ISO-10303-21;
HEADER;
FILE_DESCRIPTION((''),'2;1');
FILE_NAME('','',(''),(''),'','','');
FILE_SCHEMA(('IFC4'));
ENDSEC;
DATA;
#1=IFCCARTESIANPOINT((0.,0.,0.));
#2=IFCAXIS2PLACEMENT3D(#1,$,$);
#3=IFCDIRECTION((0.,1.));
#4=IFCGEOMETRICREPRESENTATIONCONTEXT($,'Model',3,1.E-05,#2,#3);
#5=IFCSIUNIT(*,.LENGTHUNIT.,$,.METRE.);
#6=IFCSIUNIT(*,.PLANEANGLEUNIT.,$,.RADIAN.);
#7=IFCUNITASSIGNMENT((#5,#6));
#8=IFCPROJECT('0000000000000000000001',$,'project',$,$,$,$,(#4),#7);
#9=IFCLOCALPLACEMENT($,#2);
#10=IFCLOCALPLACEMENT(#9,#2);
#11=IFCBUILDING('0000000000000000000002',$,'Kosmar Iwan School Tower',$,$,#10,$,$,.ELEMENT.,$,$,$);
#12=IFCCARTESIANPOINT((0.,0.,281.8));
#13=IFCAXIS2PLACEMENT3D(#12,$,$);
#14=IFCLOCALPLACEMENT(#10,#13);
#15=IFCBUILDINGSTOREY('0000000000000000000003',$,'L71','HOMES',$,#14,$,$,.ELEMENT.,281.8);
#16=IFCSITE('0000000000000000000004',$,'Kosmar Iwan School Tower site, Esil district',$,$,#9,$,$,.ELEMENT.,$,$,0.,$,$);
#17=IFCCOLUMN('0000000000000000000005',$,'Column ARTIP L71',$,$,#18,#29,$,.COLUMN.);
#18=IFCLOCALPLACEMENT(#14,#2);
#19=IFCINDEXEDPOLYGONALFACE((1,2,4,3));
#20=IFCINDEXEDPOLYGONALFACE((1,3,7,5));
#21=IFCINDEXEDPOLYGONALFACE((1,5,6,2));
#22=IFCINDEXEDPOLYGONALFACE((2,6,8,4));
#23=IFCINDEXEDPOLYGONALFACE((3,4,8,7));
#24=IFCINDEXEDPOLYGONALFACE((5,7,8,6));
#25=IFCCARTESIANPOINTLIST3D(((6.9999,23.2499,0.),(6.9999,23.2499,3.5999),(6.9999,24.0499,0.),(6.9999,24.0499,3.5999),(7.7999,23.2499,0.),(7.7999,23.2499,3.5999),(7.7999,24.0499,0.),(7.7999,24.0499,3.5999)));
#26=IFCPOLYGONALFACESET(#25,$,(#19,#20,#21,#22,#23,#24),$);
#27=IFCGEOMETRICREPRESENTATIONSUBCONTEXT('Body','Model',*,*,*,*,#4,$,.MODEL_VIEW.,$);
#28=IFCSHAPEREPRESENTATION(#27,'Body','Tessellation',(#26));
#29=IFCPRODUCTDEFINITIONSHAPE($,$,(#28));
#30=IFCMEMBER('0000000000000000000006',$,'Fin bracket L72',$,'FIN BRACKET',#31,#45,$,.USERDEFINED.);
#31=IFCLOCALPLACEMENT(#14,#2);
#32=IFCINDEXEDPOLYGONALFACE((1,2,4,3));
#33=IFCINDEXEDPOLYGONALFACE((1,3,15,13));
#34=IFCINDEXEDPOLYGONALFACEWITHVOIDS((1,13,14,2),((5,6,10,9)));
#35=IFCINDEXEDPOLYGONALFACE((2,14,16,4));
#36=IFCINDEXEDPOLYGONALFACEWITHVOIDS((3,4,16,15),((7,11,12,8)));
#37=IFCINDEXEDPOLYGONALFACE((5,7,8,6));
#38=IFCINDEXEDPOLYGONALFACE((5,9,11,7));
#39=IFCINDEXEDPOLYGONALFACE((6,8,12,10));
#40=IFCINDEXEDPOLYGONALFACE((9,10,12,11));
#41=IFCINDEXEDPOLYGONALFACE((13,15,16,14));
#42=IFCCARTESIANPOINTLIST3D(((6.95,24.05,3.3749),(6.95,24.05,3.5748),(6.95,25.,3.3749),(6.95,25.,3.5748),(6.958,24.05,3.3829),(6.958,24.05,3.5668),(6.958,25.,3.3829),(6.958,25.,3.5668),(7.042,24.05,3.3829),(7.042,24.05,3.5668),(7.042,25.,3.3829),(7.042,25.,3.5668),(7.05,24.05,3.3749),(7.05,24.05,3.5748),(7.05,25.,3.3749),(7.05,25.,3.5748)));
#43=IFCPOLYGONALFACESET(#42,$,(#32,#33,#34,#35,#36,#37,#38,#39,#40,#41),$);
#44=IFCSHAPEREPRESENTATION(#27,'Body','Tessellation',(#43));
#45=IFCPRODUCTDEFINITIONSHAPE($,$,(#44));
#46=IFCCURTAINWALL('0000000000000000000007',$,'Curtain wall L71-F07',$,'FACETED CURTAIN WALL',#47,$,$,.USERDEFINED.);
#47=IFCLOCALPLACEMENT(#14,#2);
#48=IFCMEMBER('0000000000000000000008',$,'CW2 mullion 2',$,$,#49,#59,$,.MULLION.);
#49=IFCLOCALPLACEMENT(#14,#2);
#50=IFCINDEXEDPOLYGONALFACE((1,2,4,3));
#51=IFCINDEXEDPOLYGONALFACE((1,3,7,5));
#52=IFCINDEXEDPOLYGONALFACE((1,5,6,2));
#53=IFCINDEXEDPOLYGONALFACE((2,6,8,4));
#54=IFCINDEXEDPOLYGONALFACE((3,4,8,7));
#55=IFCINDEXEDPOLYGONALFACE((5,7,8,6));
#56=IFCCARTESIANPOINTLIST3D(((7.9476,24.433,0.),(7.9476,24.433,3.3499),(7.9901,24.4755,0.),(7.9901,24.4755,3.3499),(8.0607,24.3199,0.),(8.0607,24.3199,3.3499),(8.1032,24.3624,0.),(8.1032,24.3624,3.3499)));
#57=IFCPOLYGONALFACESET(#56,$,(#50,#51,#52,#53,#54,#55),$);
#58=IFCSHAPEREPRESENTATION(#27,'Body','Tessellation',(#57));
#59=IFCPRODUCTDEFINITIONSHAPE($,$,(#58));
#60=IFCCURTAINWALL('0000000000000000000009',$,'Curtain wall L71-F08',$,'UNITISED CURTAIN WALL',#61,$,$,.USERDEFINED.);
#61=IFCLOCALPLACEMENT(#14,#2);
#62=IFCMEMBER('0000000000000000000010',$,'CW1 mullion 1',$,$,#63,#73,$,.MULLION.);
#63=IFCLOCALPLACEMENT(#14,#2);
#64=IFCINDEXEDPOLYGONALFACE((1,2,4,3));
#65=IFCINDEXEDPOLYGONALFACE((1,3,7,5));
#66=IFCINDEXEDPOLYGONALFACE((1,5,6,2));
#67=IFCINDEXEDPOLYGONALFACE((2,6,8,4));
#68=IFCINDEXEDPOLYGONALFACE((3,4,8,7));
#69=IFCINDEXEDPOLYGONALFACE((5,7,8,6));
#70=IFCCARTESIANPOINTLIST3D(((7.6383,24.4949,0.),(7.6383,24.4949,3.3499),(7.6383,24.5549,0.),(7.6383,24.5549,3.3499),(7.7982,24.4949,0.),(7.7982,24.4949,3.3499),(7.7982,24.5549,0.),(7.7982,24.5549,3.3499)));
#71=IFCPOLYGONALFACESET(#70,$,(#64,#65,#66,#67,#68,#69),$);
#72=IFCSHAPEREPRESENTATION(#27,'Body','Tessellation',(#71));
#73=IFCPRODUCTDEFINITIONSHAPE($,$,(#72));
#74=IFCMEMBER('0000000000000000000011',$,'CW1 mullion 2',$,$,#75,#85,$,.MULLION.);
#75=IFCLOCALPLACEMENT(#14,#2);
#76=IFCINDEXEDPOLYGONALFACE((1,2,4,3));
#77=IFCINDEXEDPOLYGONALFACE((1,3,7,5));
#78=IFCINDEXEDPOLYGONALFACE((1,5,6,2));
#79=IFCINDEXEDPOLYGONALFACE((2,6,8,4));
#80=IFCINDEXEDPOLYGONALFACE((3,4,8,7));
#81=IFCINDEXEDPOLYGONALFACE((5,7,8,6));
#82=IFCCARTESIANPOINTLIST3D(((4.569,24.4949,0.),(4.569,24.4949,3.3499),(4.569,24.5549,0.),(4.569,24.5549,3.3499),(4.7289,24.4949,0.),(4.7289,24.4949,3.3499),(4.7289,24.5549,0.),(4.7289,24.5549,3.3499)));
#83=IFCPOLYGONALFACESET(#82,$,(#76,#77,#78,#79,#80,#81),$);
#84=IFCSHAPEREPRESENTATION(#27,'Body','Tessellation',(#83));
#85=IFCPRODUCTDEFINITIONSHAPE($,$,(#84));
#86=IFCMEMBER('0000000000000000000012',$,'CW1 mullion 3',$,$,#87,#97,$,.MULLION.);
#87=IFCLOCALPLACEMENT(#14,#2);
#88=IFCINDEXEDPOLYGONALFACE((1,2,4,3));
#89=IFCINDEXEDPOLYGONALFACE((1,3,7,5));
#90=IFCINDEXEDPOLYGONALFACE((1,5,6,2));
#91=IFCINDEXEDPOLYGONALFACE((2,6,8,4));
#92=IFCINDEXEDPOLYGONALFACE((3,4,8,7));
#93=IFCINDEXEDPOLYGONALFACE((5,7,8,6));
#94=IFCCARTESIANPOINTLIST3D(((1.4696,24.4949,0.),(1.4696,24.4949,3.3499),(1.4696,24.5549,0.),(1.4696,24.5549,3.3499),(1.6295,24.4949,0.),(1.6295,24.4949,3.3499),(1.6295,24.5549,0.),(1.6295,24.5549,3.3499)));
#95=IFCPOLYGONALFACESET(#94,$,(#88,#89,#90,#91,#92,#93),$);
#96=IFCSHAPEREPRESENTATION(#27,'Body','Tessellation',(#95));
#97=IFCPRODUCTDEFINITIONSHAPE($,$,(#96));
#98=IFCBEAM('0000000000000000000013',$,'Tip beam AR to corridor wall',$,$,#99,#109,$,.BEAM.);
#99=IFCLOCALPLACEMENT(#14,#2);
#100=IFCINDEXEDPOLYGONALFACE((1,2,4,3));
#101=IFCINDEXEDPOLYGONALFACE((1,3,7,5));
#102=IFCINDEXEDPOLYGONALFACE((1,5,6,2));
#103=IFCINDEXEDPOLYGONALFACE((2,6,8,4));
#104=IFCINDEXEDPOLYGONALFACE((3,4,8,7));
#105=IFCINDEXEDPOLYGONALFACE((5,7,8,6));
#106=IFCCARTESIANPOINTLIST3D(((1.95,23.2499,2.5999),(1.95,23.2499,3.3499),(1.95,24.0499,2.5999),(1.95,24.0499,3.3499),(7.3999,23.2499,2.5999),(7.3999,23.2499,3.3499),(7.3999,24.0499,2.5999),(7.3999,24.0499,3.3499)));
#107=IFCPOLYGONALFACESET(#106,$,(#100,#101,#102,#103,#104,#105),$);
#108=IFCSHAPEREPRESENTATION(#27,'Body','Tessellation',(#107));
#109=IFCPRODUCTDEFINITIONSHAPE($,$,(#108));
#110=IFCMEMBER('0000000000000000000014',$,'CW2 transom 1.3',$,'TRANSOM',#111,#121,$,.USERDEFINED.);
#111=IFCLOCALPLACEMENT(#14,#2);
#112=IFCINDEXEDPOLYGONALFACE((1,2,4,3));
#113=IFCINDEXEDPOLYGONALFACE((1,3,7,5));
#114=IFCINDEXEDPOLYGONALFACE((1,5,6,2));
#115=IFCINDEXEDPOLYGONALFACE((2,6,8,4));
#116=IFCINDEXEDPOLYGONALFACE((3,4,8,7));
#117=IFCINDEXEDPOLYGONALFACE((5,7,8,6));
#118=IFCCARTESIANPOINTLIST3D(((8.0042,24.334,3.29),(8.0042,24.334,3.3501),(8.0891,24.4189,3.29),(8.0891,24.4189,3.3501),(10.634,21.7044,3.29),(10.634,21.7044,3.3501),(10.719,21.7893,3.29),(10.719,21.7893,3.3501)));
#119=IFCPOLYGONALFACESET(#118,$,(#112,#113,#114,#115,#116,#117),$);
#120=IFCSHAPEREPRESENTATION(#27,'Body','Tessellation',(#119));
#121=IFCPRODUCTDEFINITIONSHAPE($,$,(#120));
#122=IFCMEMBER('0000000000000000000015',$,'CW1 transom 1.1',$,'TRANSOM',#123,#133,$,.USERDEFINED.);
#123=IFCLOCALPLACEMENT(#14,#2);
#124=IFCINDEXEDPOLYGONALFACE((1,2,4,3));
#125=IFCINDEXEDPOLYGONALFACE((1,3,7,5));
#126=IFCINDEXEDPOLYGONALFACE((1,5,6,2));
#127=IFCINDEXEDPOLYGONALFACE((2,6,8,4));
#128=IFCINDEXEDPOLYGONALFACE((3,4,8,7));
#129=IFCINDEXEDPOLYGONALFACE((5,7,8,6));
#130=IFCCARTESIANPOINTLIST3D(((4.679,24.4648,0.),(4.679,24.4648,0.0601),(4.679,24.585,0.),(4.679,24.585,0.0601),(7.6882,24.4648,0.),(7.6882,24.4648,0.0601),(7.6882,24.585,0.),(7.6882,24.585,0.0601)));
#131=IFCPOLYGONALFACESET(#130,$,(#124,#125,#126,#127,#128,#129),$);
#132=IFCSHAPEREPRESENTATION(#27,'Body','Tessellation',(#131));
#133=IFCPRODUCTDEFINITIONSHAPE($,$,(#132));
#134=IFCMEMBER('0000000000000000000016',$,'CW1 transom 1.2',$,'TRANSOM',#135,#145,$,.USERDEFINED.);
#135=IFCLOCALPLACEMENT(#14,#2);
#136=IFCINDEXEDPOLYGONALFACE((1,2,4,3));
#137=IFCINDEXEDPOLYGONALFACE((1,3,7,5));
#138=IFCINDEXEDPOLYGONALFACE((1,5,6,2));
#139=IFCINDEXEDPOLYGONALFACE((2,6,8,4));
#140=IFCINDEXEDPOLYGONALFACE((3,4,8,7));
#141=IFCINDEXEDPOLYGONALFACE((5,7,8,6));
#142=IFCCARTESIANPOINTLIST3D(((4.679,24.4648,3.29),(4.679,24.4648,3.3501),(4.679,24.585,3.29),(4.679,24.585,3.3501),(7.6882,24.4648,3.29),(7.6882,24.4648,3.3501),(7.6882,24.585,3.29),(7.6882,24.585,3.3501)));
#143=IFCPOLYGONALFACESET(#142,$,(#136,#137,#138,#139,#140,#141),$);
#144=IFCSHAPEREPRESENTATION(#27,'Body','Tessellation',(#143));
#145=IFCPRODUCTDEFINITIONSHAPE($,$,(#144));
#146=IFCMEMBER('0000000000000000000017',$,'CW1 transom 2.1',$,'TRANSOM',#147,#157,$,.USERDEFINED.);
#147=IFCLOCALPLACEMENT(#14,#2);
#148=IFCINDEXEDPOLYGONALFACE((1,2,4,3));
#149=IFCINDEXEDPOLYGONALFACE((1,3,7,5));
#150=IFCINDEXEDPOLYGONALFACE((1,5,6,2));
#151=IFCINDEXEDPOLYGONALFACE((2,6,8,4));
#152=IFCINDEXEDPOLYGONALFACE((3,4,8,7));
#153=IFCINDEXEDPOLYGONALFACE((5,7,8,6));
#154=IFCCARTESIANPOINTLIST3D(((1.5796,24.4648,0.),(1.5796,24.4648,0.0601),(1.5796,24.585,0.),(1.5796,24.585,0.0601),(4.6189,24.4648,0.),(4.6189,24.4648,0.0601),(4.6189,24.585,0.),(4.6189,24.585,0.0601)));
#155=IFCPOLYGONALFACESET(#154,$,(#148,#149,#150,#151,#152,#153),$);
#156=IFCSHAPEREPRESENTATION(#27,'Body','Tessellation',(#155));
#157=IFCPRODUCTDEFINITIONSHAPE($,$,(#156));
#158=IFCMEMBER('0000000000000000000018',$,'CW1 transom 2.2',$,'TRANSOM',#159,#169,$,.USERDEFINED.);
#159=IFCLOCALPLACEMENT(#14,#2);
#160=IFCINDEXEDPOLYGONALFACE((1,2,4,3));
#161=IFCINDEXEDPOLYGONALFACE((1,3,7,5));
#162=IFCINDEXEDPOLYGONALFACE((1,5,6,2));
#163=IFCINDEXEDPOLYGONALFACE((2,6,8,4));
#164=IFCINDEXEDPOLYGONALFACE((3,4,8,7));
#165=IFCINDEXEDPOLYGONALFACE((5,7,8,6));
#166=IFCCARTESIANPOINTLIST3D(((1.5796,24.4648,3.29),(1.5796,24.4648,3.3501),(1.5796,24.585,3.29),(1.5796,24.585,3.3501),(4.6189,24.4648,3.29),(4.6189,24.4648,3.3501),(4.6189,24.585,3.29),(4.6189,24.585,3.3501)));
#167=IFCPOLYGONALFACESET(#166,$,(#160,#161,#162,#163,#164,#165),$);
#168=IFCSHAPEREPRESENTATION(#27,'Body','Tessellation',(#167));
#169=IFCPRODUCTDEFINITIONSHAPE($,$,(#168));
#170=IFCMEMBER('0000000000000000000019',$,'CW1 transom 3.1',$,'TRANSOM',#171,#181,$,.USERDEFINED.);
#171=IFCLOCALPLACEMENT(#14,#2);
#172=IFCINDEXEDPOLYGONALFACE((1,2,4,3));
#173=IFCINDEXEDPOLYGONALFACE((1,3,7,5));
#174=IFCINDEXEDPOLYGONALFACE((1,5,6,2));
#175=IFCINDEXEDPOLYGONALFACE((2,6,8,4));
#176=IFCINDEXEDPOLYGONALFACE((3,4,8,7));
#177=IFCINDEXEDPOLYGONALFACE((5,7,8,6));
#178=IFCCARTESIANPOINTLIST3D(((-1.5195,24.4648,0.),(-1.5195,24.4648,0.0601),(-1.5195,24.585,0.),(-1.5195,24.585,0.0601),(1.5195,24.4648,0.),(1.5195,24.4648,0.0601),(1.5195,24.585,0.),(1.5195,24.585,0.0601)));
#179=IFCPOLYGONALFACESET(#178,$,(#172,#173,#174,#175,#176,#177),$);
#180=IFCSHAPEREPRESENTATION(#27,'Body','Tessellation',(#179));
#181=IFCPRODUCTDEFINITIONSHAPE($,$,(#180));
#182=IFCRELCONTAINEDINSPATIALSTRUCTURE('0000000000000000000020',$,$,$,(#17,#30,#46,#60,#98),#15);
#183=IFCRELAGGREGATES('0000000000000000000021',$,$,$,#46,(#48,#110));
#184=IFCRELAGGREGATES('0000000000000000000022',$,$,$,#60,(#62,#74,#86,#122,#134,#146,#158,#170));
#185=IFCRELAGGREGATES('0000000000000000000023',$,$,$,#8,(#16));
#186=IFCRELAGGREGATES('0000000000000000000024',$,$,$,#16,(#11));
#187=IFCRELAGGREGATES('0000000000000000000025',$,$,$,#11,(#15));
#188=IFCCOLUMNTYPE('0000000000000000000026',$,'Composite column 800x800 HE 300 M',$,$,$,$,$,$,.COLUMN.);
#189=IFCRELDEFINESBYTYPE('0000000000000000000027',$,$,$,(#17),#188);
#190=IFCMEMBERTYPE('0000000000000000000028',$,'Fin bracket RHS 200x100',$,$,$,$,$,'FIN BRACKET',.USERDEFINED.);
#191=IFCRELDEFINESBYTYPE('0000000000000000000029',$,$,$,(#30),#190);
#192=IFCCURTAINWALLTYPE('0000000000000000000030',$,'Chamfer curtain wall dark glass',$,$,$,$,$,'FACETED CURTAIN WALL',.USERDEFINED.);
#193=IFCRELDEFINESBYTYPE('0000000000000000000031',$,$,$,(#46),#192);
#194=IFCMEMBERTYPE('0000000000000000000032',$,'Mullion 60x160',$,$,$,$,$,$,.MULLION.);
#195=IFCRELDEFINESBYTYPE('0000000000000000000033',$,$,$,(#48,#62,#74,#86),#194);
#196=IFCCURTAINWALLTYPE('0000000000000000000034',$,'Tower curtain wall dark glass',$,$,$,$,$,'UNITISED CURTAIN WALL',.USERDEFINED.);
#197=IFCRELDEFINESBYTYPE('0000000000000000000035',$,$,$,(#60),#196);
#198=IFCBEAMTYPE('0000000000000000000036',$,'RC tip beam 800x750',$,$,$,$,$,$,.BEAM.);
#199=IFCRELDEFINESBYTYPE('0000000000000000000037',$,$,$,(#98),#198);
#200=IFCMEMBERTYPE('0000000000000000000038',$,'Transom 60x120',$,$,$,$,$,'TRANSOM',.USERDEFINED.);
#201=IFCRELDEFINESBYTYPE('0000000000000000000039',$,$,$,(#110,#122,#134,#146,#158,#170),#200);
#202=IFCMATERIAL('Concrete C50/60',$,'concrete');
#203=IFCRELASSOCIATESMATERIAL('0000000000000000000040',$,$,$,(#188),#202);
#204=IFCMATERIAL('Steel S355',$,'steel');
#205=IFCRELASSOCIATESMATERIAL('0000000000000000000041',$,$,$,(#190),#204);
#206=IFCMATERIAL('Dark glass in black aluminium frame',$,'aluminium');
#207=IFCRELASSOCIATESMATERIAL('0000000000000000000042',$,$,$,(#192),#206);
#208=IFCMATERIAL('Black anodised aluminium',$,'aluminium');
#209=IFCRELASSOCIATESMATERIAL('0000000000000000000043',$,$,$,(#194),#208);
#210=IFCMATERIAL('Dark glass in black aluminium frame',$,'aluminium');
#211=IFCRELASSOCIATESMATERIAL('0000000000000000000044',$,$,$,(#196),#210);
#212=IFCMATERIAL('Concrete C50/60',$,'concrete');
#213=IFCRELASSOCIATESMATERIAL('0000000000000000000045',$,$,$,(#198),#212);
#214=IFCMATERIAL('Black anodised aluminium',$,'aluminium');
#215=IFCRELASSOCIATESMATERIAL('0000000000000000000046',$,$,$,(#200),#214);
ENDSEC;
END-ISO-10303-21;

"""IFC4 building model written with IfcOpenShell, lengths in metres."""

from ifc_helpers import new_model, si_unit, direction, frame, origin, origin_2d, place, context, subcontext, project, spatial, rectangle, hollow_rectangle, extrude, material, material_profile, profile_set, type_object, element, aggregate, save


model = new_model("IFC4")

# Units and contexts
model_context = context("Model", 3, precision=1e-05, world=origin(), true_north=direction((0.0, 1.0)))
body_context = subcontext(model_context, "Body", "Model", "MODEL_VIEW")
ifc_project = project(units=[si_unit("LENGTHUNIT", "METRE"), si_unit("PLANEANGLEUNIT", "RADIAN")], contexts=[model_context])

# Site, building, storey
site_placement = place(None, origin())
site = spatial("IfcSite", under=ifc_project, at=site_placement, Name="Kosmar Iwan School Tower site, Esil district", CompositionType="ELEMENT", RefElevation=0.0)
building_placement = place(site_placement, origin())
building = spatial("IfcBuilding", under=site, at=building_placement, Name="Kosmar Iwan School Tower", CompositionType="ELEMENT")
storey_placement = place(building_placement, frame((0.0, 0.0, 281.8)))
storey = spatial("IfcBuildingStorey", under=building, at=storey_placement, Name="L71", Description="HOMES", CompositionType="ELEMENT", Elevation=281.8)

# Column
ifc_material_1 = material(Name="Concrete C50/60", Category="concrete")
ifc_material_profile_1 = material_profile(ifc_material_1, rectangle(XDim=0.8, YDim=0.8, at=origin_2d()), Name="RC 800x800 + HE 300 M")
ifc_profile_set_1 = profile_set([ifc_material_profile_1], Name="Concrete C50/60")
column_type = type_object("IfcColumnType", Name="Composite column 800x800 HE 300 M", PredefinedType="COLUMN", material=ifc_profile_set_1)
column_placement = place(storey_placement, frame((7.3999, 23.6499, 0.0), z_axis=(0.0, 0.0, 1.0), x_axis=(0.0, 1.0, 0.0)))
element("IfcColumn", 1, at=column_placement, inside=storey, type_object=column_type, Name="Column ARTIP L71", PredefinedType="COLUMN", context=body_context, shape_type="SweptSolid", body=[
    extrude(rectangle(XDim=0.8, YDim=0.8, at=origin_2d()), origin(), (0.0, 0.0, 1.0), 3.5999),
])

# Member
ifc_material_2 = material(Name="Steel S355", Category="steel")
ifc_material_profile_2 = material_profile(ifc_material_2, hollow_rectangle(XDim=0.1001, YDim=0.2, WallThickness=0.0081, at=origin_2d()), Name="RHS 200x100x8")
ifc_profile_set_2 = profile_set([ifc_material_profile_2], Name="Steel S355")
member_type_1 = type_object("IfcMemberType", Name="Fin bracket RHS 200x100", ElementType="FIN BRACKET", PredefinedType="USERDEFINED", material=ifc_profile_set_2)
member_1_placement = place(storey_placement, frame((7.0, 24.05, 3.4749), z_axis=(0.0, 1.0, 0.0), x_axis=(-1.0, 0.0, 0.0)))
element("IfcMember", 2, at=member_1_placement, inside=storey, type_object=member_type_1, Name="Fin bracket L72", ObjectType="FIN BRACKET", PredefinedType="USERDEFINED", context=body_context, shape_type="SweptSolid", body=[
    extrude(hollow_rectangle(XDim=0.1001, YDim=0.2, WallThickness=0.0081, at=origin_2d()), origin(), (0.0, 0.0, 1.0), 0.95),
])

# Curtain wall, member
ifc_material_3 = material(Name="Dark glass in black aluminium frame", Category="aluminium")
curtain_wall_type_1 = type_object("IfcCurtainWallType", Name="Chamfer curtain wall dark glass", ElementType="FACETED CURTAIN WALL", PredefinedType="USERDEFINED", material=ifc_material_3)
curtain_wall_1_placement = place(storey_placement, origin())
curtain_wall_1 = element("IfcCurtainWall", 3, at=curtain_wall_1_placement, inside=storey, type_object=curtain_wall_type_1, Name="Curtain wall L71-F07", ObjectType="FACETED CURTAIN WALL", PredefinedType="USERDEFINED")
ifc_material_4 = material(Name="Black anodised aluminium", Category="aluminium")
ifc_material_profile_3 = material_profile(ifc_material_4, rectangle(XDim=0.0601, YDim=0.1599, at=origin_2d()), Name="MULLION 60x160")
ifc_profile_set_3 = profile_set([ifc_material_profile_3], Name="Black anodised aluminium")
member_type_2 = type_object("IfcMemberType", Name="Mullion 60x160", PredefinedType="MULLION", material=ifc_profile_set_3)
member_2_placement = place(storey_placement, frame((8.0254, 24.3977, 0.0), z_axis=(0.0, 0.0, 1.0), x_axis=(-0.707107, -0.707107, 0.0)))
member_2 = element("IfcMember", 4, at=member_2_placement, type_object=member_type_2, Name="CW2 mullion 2", PredefinedType="MULLION", context=body_context, shape_type="SweptSolid", body=[
    extrude(rectangle(XDim=0.0601, YDim=0.1599, at=origin_2d()), origin(), (0.0, 0.0, 1.0), 3.3499),
])

# Curtain wall, members
ifc_material_5 = material(Name="Dark glass in black aluminium frame", Category="aluminium")
curtain_wall_type_2 = type_object("IfcCurtainWallType", Name="Tower curtain wall dark glass", ElementType="UNITISED CURTAIN WALL", PredefinedType="USERDEFINED", material=ifc_material_5)
curtain_wall_2_placement = place(storey_placement, origin())
curtain_wall_2 = element("IfcCurtainWall", 5, at=curtain_wall_2_placement, inside=storey, type_object=curtain_wall_type_2, Name="Curtain wall L71-F08", ObjectType="UNITISED CURTAIN WALL", PredefinedType="USERDEFINED")
member_3_placement = place(storey_placement, frame((7.7183, 24.5249, 0.0), z_axis=(0.0, 0.0, 1.0), x_axis=(0.0, -1.0, 0.0)))
member_3 = element("IfcMember", 6, at=member_3_placement, type_object=member_type_2, Name="CW1 mullion 1", PredefinedType="MULLION", context=body_context, shape_type="SweptSolid", body=[
    extrude(rectangle(XDim=0.0601, YDim=0.1599, at=origin_2d()), origin(), (0.0, 0.0, 1.0), 3.3499),
])
member_4_placement = place(storey_placement, frame((4.6489, 24.5249, 0.0), z_axis=(0.0, 0.0, 1.0), x_axis=(0.0, -1.0, 0.0)))
member_4 = element("IfcMember", 7, at=member_4_placement, type_object=member_type_2, Name="CW1 mullion 2", PredefinedType="MULLION", context=body_context, shape_type="SweptSolid", body=[
    extrude(rectangle(XDim=0.0601, YDim=0.1599, at=origin_2d()), origin(), (0.0, 0.0, 1.0), 3.3499),
])
member_5_placement = place(storey_placement, frame((1.5496, 24.5249, 0.0), z_axis=(0.0, 0.0, 1.0), x_axis=(0.0, -1.0, 0.0)))
member_5 = element("IfcMember", 8, at=member_5_placement, type_object=member_type_2, Name="CW1 mullion 3", PredefinedType="MULLION", context=body_context, shape_type="SweptSolid", body=[
    extrude(rectangle(XDim=0.0601, YDim=0.1599, at=origin_2d()), origin(), (0.0, 0.0, 1.0), 3.3499),
])

# Beam
ifc_material_6 = material(Name="Concrete C50/60", Category="concrete")
ifc_material_profile_4 = material_profile(ifc_material_6, rectangle(XDim=0.8, YDim=0.75, at=origin_2d()), Name="RC 800x750")
ifc_profile_set_4 = profile_set([ifc_material_profile_4], Name="Concrete C50/60")
beam_type = type_object("IfcBeamType", Name="RC tip beam 800x750", PredefinedType="BEAM", material=ifc_profile_set_4)
beam_placement = place(storey_placement, frame((7.3999, 23.6499, 2.9749), z_axis=(-1.0, 0.0, 0.0), x_axis=(0.0, -1.0, 0.0)))
element("IfcBeam", 9, at=beam_placement, inside=storey, type_object=beam_type, Name="Tip beam AR to corridor wall", PredefinedType="BEAM", context=body_context, shape_type="SweptSolid", body=[
    extrude(rectangle(XDim=0.8, YDim=0.75, at=origin_2d()), origin(), (0.0, 0.0, 1.0), 5.45),
])

# Members
ifc_material_7 = material(Name="Black anodised aluminium", Category="aluminium")
ifc_material_profile_5 = material_profile(ifc_material_7, rectangle(XDim=0.1201, YDim=0.0601, at=origin_2d()), Name="TRANSOM 60x120")
ifc_profile_set_5 = profile_set([ifc_material_profile_5], Name="Black anodised aluminium")
member_type_3 = type_object("IfcMemberType", Name="Transom 60x120", ElementType="TRANSOM", PredefinedType="USERDEFINED", material=ifc_profile_set_5)
member_6_placement = place(storey_placement, frame((10.6765, 21.7468, 3.3201), z_axis=(-0.70714, 0.707074, 0.0), x_axis=(-0.707074, -0.70714, 0.0)))
member_6 = element("IfcMember", 10, at=member_6_placement, type_object=member_type_3, Name="CW2 transom 1.3", ObjectType="TRANSOM", PredefinedType="USERDEFINED", context=body_context, shape_type="SweptSolid", body=[
    extrude(rectangle(XDim=0.1201, YDim=0.0601, at=origin_2d()), origin(), (0.0, 0.0, 1.0), 3.719),
])
member_7_placement = place(storey_placement, frame((7.6882, 24.5249, 0.03), z_axis=(-1.0, 0.0, 0.0), x_axis=(0.0, -1.0, 0.0)))
member_7 = element("IfcMember", 11, at=member_7_placement, type_object=member_type_3, Name="CW1 transom 1.1", ObjectType="TRANSOM", PredefinedType="USERDEFINED", context=body_context, shape_type="SweptSolid", body=[
    extrude(rectangle(XDim=0.1201, YDim=0.0601, at=origin_2d()), origin(), (0.0, 0.0, 1.0), 3.0093),
])
member_8_placement = place(storey_placement, frame((7.6882, 24.5249, 3.3201), z_axis=(-1.0, 0.0, 0.0), x_axis=(0.0, -1.0, 0.0)))
member_8 = element("IfcMember", 12, at=member_8_placement, type_object=member_type_3, Name="CW1 transom 1.2", ObjectType="TRANSOM", PredefinedType="USERDEFINED", context=body_context, shape_type="SweptSolid", body=[
    extrude(rectangle(XDim=0.1201, YDim=0.0601, at=origin_2d()), origin(), (0.0, 0.0, 1.0), 3.0093),
])
member_9_placement = place(storey_placement, frame((4.6189, 24.5249, 0.03), z_axis=(-1.0, 0.0, 0.0), x_axis=(0.0, -1.0, 0.0)))
member_9 = element("IfcMember", 13, at=member_9_placement, type_object=member_type_3, Name="CW1 transom 2.1", ObjectType="TRANSOM", PredefinedType="USERDEFINED", context=body_context, shape_type="SweptSolid", body=[
    extrude(rectangle(XDim=0.1201, YDim=0.0601, at=origin_2d()), origin(), (0.0, 0.0, 1.0), 3.0393),
])
member_10_placement = place(storey_placement, frame((4.6189, 24.5249, 3.3201), z_axis=(-1.0, 0.0, 0.0), x_axis=(0.0, -1.0, 0.0)))
member_10 = element("IfcMember", 14, at=member_10_placement, type_object=member_type_3, Name="CW1 transom 2.2", ObjectType="TRANSOM", PredefinedType="USERDEFINED", context=body_context, shape_type="SweptSolid", body=[
    extrude(rectangle(XDim=0.1201, YDim=0.0601, at=origin_2d()), origin(), (0.0, 0.0, 1.0), 3.0393),
])
member_11_placement = place(storey_placement, frame((1.5195, 24.5249, 0.03), z_axis=(-1.0, 0.0, 0.0), x_axis=(0.0, -1.0, 0.0)))
member_11 = element("IfcMember", 15, at=member_11_placement, type_object=member_type_3, Name="CW1 transom 3.1", ObjectType="TRANSOM", PredefinedType="USERDEFINED", context=body_context, shape_type="SweptSolid", body=[
    extrude(rectangle(XDim=0.1201, YDim=0.0601, at=origin_2d()), origin(), (0.0, 0.0, 1.0), 3.0391),
])

aggregate(curtain_wall_1, [member_2, member_6])
aggregate(curtain_wall_2, [member_3, member_4, member_5, member_7, member_8, member_9, member_10, member_11])

save(model, "model.ifc")
